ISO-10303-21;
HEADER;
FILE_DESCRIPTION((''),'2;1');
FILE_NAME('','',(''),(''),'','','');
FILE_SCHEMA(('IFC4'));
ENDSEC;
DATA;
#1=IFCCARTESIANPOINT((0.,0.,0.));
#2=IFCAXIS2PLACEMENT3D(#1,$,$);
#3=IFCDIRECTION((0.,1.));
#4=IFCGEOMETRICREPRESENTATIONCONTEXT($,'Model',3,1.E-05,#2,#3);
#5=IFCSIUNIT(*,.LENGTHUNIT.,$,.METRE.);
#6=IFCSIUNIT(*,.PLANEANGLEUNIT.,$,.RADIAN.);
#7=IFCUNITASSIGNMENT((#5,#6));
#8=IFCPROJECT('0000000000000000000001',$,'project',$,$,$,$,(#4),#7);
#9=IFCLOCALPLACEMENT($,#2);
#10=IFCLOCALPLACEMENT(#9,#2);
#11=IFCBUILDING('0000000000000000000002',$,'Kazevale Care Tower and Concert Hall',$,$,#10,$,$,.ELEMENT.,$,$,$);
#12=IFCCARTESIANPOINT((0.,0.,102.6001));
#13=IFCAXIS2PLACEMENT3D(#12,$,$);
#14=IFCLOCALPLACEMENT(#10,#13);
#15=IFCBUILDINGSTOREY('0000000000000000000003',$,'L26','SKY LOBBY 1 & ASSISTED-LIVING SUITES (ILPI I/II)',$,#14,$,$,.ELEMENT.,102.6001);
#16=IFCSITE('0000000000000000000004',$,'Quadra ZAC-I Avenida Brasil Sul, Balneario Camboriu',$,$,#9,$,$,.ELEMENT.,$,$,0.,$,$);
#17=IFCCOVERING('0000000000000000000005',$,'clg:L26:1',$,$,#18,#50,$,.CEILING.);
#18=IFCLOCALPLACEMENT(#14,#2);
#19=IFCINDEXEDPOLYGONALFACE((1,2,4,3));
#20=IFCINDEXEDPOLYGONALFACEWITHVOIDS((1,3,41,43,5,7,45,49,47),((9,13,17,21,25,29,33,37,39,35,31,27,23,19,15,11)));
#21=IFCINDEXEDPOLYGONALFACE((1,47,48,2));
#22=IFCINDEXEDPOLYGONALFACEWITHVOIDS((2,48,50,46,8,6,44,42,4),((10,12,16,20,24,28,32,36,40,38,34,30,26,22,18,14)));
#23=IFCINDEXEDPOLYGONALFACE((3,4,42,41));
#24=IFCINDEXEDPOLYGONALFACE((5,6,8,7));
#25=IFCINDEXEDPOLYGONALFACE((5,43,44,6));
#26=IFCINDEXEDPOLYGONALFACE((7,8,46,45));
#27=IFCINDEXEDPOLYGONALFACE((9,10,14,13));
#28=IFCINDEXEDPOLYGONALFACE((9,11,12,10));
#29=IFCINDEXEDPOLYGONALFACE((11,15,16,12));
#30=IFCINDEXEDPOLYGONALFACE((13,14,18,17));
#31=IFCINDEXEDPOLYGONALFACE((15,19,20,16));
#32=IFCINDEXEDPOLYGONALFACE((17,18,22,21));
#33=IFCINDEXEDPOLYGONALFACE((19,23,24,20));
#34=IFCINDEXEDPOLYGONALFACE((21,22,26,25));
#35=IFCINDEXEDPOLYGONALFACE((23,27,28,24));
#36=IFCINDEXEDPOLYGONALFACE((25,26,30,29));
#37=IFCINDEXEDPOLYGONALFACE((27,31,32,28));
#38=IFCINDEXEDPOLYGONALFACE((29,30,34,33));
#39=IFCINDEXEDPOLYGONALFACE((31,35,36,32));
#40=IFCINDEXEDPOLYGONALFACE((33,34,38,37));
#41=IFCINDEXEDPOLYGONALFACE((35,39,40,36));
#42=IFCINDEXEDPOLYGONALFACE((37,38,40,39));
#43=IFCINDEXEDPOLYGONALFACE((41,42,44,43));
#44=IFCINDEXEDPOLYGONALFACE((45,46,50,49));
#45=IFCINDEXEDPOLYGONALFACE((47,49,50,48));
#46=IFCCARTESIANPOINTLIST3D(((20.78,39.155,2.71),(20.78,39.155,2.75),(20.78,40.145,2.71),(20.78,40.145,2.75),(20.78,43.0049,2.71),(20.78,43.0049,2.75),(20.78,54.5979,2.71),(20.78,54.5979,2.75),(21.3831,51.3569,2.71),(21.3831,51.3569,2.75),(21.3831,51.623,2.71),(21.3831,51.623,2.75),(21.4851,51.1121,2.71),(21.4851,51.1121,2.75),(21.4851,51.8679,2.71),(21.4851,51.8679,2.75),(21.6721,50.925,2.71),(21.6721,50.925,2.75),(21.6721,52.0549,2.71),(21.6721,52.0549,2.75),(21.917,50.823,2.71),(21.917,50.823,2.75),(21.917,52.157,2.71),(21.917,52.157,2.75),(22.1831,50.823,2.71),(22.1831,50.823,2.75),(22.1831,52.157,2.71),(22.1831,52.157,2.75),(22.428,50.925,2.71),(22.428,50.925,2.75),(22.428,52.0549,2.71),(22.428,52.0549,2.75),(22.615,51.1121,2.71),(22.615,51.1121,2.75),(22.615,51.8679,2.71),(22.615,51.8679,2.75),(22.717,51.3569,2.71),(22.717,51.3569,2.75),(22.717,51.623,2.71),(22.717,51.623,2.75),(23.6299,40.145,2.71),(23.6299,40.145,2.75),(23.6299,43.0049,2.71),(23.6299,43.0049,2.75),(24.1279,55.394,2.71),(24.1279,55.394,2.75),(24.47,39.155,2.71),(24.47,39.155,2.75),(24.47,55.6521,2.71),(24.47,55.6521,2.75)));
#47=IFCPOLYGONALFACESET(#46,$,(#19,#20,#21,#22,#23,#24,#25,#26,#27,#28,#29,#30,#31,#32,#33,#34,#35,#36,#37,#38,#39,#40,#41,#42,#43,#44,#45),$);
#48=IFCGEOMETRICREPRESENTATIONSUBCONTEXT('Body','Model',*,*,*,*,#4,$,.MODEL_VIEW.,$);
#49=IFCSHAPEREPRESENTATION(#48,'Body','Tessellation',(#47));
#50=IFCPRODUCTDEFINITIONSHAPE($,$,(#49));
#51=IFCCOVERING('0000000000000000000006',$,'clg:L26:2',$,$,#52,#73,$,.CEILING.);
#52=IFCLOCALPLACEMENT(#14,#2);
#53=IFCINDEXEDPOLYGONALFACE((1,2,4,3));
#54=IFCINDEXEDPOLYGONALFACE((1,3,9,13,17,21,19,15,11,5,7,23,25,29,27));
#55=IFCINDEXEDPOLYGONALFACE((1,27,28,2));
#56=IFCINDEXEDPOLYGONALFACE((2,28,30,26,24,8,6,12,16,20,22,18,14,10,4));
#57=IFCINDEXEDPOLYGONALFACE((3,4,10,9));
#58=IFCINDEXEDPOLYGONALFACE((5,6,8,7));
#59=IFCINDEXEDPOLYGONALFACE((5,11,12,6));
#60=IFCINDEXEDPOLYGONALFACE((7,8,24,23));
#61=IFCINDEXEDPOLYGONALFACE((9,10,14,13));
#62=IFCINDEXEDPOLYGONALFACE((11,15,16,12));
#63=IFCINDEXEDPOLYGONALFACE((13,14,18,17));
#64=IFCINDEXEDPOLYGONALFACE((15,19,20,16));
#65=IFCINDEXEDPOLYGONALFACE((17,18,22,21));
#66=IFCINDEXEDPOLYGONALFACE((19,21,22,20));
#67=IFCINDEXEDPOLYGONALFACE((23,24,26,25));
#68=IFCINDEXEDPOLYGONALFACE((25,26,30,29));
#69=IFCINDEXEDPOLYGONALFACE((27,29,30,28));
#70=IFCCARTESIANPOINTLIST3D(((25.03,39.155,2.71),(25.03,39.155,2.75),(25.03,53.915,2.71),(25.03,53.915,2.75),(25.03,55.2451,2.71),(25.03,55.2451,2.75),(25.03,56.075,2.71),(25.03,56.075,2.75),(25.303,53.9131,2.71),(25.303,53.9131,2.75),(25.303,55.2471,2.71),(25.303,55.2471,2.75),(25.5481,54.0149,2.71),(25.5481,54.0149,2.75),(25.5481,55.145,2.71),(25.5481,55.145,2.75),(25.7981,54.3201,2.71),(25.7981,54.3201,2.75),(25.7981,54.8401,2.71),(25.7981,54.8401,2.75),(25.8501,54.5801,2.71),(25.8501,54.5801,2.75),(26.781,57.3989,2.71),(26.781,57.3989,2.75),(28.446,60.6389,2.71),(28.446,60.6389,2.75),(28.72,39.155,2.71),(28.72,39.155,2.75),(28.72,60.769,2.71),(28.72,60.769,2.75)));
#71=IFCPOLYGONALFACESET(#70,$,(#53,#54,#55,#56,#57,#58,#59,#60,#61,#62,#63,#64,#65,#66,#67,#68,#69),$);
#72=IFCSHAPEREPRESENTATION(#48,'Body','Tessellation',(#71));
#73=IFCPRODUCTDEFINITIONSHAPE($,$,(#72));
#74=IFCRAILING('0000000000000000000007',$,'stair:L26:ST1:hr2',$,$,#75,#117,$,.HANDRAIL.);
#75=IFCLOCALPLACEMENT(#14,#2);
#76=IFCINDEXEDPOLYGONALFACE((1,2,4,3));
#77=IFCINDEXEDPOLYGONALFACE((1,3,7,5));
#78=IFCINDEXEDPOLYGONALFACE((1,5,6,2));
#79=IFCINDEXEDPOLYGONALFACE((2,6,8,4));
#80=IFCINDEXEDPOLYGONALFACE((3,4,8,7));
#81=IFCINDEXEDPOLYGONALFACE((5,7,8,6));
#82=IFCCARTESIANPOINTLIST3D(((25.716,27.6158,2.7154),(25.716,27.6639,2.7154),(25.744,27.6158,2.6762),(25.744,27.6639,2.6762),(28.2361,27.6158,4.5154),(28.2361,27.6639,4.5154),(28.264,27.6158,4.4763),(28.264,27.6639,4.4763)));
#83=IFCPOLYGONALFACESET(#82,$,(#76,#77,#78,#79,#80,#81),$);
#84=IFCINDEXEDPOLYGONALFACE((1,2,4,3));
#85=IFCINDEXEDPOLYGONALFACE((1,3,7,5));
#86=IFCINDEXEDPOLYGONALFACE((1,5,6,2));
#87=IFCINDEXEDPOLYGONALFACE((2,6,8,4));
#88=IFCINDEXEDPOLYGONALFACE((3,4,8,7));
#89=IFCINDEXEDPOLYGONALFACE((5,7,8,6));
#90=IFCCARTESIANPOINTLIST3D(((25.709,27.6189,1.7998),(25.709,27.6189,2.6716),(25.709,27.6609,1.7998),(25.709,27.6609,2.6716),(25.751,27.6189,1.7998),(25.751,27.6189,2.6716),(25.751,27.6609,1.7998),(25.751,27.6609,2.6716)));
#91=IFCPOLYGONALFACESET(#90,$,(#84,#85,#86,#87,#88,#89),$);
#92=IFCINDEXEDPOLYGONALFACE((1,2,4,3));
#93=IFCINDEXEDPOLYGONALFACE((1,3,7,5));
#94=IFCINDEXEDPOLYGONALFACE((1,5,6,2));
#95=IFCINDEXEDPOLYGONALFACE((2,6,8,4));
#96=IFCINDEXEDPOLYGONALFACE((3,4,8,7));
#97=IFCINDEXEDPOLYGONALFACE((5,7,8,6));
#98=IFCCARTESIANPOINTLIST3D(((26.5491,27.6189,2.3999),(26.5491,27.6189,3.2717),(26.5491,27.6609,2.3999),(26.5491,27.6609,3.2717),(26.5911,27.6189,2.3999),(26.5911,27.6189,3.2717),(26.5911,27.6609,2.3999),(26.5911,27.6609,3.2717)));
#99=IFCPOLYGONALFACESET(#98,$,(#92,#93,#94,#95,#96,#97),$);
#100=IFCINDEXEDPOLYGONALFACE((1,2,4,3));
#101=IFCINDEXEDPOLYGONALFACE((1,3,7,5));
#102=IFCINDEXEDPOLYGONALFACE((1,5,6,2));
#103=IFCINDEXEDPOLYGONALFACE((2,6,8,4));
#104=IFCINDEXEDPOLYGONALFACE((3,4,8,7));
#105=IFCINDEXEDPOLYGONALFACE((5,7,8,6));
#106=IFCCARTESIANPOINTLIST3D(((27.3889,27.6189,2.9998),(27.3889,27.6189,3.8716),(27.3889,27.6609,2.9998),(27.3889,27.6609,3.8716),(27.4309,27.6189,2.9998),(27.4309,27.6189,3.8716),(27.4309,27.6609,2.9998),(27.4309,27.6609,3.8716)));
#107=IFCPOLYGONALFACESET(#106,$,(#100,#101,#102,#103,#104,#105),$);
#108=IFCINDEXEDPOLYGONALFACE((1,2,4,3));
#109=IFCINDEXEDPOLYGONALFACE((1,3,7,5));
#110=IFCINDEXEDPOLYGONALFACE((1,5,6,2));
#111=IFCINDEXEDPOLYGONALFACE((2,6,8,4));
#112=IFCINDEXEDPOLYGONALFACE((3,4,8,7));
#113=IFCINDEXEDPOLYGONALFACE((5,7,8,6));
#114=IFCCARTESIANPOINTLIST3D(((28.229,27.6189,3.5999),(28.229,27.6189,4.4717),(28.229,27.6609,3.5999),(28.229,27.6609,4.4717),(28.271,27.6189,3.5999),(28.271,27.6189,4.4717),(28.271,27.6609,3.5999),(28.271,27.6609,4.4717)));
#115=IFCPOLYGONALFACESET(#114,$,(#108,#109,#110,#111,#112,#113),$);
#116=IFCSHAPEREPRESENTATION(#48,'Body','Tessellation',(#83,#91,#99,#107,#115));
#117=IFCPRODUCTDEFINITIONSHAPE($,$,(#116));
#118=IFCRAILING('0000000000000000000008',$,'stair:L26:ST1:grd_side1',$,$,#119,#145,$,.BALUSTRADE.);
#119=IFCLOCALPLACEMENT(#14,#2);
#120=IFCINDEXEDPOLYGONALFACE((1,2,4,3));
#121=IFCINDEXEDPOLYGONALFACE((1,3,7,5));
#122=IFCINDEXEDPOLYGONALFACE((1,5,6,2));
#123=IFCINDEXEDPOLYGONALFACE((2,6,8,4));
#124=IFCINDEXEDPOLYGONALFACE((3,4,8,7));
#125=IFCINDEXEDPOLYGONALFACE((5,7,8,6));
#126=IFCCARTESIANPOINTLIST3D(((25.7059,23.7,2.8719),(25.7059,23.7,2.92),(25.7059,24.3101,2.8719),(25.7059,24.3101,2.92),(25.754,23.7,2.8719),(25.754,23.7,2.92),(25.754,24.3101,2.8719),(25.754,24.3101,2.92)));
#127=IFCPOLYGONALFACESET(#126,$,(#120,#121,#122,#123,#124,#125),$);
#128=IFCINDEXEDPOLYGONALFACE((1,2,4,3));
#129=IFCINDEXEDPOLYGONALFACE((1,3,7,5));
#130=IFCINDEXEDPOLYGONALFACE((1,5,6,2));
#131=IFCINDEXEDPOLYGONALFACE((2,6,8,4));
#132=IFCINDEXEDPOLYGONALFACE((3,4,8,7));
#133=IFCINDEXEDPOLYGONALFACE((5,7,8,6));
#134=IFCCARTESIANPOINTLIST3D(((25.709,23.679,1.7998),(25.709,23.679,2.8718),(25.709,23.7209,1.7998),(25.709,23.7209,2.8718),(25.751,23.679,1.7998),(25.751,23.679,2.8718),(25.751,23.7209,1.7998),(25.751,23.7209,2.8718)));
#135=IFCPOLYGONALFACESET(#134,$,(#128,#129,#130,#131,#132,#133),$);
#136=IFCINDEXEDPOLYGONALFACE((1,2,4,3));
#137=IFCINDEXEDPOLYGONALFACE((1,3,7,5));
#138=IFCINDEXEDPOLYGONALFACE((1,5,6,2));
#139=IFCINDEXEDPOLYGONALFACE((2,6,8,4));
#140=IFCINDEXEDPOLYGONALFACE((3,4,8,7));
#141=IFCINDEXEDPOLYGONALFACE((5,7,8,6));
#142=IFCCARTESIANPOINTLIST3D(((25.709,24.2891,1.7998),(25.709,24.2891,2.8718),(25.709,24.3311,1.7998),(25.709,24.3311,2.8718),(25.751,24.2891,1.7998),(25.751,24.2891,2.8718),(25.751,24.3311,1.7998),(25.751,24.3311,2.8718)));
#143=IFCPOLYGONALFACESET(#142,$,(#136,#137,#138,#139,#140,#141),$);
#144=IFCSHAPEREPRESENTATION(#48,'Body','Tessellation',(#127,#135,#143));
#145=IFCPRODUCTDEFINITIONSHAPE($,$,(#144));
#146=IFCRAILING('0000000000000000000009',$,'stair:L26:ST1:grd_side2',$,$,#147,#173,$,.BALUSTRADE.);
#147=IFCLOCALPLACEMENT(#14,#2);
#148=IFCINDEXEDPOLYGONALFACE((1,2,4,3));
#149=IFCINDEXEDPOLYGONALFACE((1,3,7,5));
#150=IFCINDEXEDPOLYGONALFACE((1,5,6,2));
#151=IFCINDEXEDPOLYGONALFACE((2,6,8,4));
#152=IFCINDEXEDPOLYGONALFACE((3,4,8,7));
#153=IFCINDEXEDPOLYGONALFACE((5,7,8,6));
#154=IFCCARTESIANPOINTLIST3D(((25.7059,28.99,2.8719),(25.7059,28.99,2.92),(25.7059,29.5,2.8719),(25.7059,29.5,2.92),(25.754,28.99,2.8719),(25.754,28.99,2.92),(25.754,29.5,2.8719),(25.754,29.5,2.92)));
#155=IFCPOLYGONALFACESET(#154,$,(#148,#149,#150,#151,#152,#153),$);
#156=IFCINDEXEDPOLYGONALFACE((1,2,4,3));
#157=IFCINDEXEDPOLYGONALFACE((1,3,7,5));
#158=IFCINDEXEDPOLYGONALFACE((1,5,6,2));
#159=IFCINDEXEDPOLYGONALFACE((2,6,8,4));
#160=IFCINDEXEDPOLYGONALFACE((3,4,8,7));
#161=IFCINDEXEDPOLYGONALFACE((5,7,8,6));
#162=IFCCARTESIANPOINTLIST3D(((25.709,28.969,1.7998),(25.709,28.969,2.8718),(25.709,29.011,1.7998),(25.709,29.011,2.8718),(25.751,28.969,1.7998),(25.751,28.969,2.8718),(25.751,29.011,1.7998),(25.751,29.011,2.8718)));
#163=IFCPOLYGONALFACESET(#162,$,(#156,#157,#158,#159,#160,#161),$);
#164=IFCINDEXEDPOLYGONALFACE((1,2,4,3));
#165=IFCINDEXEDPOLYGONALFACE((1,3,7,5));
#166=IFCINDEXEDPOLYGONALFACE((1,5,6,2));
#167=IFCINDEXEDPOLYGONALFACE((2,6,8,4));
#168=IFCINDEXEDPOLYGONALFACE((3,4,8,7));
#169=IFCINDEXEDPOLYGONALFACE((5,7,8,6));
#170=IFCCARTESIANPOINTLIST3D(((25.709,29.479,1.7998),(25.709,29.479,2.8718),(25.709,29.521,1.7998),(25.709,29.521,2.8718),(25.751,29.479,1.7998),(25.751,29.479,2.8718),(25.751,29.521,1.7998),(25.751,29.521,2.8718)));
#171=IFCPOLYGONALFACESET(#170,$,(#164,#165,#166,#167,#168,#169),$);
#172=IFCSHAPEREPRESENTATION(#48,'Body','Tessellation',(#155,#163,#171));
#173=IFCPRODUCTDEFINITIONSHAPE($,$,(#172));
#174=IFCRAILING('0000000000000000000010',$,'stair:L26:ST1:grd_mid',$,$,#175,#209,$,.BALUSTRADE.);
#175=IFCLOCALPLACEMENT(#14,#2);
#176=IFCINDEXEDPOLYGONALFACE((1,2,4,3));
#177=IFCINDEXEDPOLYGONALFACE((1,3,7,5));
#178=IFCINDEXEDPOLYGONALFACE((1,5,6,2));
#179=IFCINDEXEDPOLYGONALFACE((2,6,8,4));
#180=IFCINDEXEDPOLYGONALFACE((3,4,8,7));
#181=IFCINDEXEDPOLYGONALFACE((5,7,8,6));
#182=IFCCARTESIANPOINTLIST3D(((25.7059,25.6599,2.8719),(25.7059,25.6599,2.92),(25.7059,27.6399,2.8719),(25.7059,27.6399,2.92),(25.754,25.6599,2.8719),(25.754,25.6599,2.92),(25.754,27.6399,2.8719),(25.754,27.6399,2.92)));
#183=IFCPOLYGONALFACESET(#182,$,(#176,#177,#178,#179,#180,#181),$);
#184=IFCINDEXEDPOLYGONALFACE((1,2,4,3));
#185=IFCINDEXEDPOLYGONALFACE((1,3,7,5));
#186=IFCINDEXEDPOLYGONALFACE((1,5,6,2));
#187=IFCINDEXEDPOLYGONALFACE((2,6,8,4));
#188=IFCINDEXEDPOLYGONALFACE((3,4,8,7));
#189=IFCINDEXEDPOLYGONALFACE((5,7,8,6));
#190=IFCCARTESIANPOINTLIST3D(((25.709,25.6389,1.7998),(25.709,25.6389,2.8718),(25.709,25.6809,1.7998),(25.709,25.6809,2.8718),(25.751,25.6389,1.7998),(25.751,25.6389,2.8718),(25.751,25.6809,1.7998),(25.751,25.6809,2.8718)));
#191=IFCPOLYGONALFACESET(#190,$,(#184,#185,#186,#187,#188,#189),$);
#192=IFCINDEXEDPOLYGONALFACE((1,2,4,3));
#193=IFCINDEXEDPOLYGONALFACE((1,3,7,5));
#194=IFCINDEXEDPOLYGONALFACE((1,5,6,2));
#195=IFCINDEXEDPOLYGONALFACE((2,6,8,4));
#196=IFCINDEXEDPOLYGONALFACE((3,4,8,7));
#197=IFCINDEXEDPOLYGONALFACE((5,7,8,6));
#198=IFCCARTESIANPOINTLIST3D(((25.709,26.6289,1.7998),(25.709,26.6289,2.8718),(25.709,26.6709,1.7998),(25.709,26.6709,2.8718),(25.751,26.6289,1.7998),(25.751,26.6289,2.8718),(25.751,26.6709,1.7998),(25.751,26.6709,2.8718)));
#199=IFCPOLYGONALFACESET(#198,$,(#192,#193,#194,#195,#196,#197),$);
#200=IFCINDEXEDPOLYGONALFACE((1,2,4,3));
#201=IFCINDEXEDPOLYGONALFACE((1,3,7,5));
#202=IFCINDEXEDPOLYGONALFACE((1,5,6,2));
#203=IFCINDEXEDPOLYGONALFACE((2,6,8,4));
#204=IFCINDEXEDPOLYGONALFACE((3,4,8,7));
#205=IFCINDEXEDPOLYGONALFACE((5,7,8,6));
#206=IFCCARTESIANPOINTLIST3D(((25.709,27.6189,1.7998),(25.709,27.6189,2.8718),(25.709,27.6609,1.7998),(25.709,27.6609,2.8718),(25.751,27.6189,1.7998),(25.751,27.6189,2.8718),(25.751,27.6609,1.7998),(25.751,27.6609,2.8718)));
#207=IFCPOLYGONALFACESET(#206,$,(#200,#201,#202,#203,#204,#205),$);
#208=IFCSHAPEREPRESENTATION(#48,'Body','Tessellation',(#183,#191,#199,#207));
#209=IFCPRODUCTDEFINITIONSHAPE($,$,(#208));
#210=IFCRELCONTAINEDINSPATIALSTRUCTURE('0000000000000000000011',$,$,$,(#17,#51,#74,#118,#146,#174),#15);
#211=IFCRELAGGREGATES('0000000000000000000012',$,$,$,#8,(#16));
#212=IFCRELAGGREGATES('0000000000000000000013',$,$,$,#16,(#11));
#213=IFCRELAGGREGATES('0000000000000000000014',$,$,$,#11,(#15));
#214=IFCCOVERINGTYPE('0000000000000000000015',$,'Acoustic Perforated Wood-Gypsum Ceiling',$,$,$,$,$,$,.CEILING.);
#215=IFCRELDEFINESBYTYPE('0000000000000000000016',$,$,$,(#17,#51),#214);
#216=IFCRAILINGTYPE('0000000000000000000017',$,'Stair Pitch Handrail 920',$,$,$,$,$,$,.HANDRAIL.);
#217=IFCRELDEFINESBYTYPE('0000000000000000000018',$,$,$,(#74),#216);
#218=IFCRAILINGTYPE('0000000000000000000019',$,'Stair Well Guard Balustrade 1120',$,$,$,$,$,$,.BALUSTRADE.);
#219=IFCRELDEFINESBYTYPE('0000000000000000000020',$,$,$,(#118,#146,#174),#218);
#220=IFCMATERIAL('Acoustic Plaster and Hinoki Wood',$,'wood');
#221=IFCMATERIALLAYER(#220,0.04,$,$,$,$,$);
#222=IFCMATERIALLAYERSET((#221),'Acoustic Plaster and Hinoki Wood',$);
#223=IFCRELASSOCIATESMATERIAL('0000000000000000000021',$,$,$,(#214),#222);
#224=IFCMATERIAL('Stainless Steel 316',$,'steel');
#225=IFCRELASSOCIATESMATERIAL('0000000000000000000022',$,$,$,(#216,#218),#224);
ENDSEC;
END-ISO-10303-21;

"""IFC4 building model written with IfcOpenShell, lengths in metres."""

from ifc_helpers import new_model, si_unit, direction, frame, origin, origin_2d, place, context, subcontext, project, spatial, polyline, rectangle, outline, extrude, material, layer, layer_set, type_object, element, save


model = new_model("IFC4")

# Units and contexts
model_context = context("Model", 3, precision=1e-05, world=origin(), true_north=direction((0.0, 1.0)))
body_context = subcontext(model_context, "Body", "Model", "MODEL_VIEW")
ifc_project = project(units=[si_unit("LENGTHUNIT", "METRE"), si_unit("PLANEANGLEUNIT", "RADIAN")], contexts=[model_context])

# Site, building, storey
site_placement = place(None, origin())
site = spatial("IfcSite", under=ifc_project, at=site_placement, Name="Quadra ZAC-I Avenida Brasil Sul, Balneario Camboriu", CompositionType="ELEMENT", RefElevation=0.0)
building_placement = place(site_placement, origin())
building = spatial("IfcBuilding", under=site, at=building_placement, Name="Kazevale Care Tower and Concert Hall", CompositionType="ELEMENT")
storey_placement = place(building_placement, frame((0.0, 0.0, 102.6001)))
storey = spatial("IfcBuildingStorey", under=building, at=storey_placement, Name="L26", Description="SKY LOBBY 1 & ASSISTED-LIVING SUITES (ILPI I/II)", CompositionType="ELEMENT", Elevation=102.6001)

# Coverings
ifc_material_1 = material(Name="Acoustic Plaster and Hinoki Wood", Category="wood")
ifc_layer_1 = layer(ifc_material_1, 0.04)
ifc_layer_set_1 = layer_set([ifc_layer_1], Name="Acoustic Plaster and Hinoki Wood")
covering_type = type_object("IfcCoveringType", Name="Acoustic Perforated Wood-Gypsum Ceiling", PredefinedType="CEILING", material=ifc_layer_set_1)
covering_1_placement = place(storey_placement, frame((0.0, 0.0, 2.71)))
element("IfcCovering", 1, at=covering_1_placement, inside=storey, type_object=covering_type, Name="clg:L26:1", PredefinedType="CEILING", context=body_context, shape_type="SweptSolid", body=[
    extrude(outline(polyline([(23.6299, 40.145), (23.6299, 43.0049), (20.78, 43.0049), (20.78, 54.5979), (24.1279, 55.394), (24.47, 55.6521), (24.47, 39.155), (20.78, 39.155), (20.78, 40.145), (23.6299, 40.145)]), holes=[polyline([(22.717, 51.623), (22.615, 51.8679), (22.428, 52.0549), (22.1831, 52.157), (21.917, 52.157), (21.6721, 52.0549), (21.4851, 51.8679), (21.3831, 51.623), (21.3831, 51.3569), (21.4851, 51.1121), (21.6721, 50.925), (21.917, 50.823), (22.1831, 50.823), (22.428, 50.925), (22.615, 51.1121), (22.717, 51.3569), (22.717, 51.623)])]), origin(), (0.0, 0.0, 1.0), 0.04),
])
covering_2_placement = place(storey_placement, frame((0.0, 0.0, 2.71)))
element("IfcCovering", 2, at=covering_2_placement, inside=storey, type_object=covering_type, Name="clg:L26:2", PredefinedType="CEILING", context=body_context, shape_type="SweptSolid", body=[
    extrude(outline(polyline([(28.72, 39.155), (25.03, 39.155), (25.03, 53.915), (25.303, 53.9131), (25.5481, 54.0149), (25.7981, 54.3201), (25.8501, 54.5801), (25.7981, 54.8401), (25.5481, 55.145), (25.303, 55.2471), (25.03, 55.2451), (25.03, 56.075), (26.781, 57.3989), (28.446, 60.6389), (28.72, 60.769), (28.72, 39.155)])), origin(), (0.0, 0.0, 1.0), 0.04),
])

# Railings
ifc_material_2 = material(Name="Stainless Steel 316", Category="steel")
railing_type_1 = type_object("IfcRailingType", Name="Stair Pitch Handrail 920", PredefinedType="HANDRAIL", material=ifc_material_2)
railing_1_placement = place(storey_placement, frame((25.73, 27.6399, 1.7998)))
element("IfcRailing", 3, at=railing_1_placement, inside=storey, type_object=railing_type_1, Name="stair:L26:ST1:hr2", PredefinedType="HANDRAIL", context=body_context, shape_type="SweptSolid", body=[
    extrude(rectangle(XDim=0.0481, YDim=0.0481, at=origin_2d()), frame((0.0, 0.0, 0.896), z_axis=(0.813728, 0.0, 0.581246), x_axis=(0.0, 1.0, 0.0)), (0.0, 0.0, 1.0), 3.0969),
    extrude(rectangle(XDim=0.042, YDim=0.042, at=origin_2d()), origin(), (0.0, 0.0, 1.0), 0.8718),
    extrude(rectangle(XDim=0.042, YDim=0.042, at=origin_2d()), frame((0.8401, 0.0, 0.6001)), (0.0, 0.0, 1.0), 0.8718),
    extrude(rectangle(XDim=0.042, YDim=0.042, at=origin_2d()), frame((1.6799, 0.0, 1.2)), (0.0, 0.0, 1.0), 0.8718),
    extrude(rectangle(XDim=0.042, YDim=0.042, at=origin_2d()), frame((2.52, 0.0, 1.8)), (0.0, 0.0, 1.0), 0.8718),
])
railing_type_2 = type_object("IfcRailingType", Name="Stair Well Guard Balustrade 1120", PredefinedType="BALUSTRADE", material=ifc_material_2)
railing_2_placement = place(storey_placement, frame((25.73, 23.7, 1.7998)))
element("IfcRailing", 4, at=railing_2_placement, inside=storey, type_object=railing_type_2, Name="stair:L26:ST1:grd_side1", PredefinedType="BALUSTRADE", context=body_context, shape_type="SweptSolid", body=[
    extrude(rectangle(XDim=0.0481, YDim=0.0481, at=origin_2d()), frame((0.0, 0.0, 1.0962), z_axis=(0.0, 1.0, 0.0), x_axis=(-1.0, 0.0, 0.0)), (0.0, 0.0, 1.0), 0.6101),
    extrude(rectangle(XDim=0.042, YDim=0.042, at=origin_2d()), origin(), (0.0, 0.0, 1.0), 1.072),
    extrude(rectangle(XDim=0.042, YDim=0.042, at=origin_2d()), frame((0.0, 0.6101, 0.0)), (0.0, 0.0, 1.0), 1.072),
])
railing_3_placement = place(storey_placement, frame((25.73, 28.99, 1.7998)))
element("IfcRailing", 5, at=railing_3_placement, inside=storey, type_object=railing_type_2, Name="stair:L26:ST1:grd_side2", PredefinedType="BALUSTRADE", context=body_context, shape_type="SweptSolid", body=[
    extrude(rectangle(XDim=0.0481, YDim=0.0481, at=origin_2d()), frame((0.0, 0.0, 1.0962), z_axis=(0.0, 1.0, 0.0), x_axis=(-1.0, 0.0, 0.0)), (0.0, 0.0, 1.0), 0.51),
    extrude(rectangle(XDim=0.042, YDim=0.042, at=origin_2d()), origin(), (0.0, 0.0, 1.0), 1.072),
    extrude(rectangle(XDim=0.042, YDim=0.042, at=origin_2d()), frame((0.0, 0.51, 0.0)), (0.0, 0.0, 1.0), 1.072),
])
railing_4_placement = place(storey_placement, frame((25.73, 25.6599, 1.7998)))
element("IfcRailing", 6, at=railing_4_placement, inside=storey, type_object=railing_type_2, Name="stair:L26:ST1:grd_mid", PredefinedType="BALUSTRADE", context=body_context, shape_type="SweptSolid", body=[
    extrude(rectangle(XDim=0.0481, YDim=0.0481, at=origin_2d()), frame((0.0, 0.0, 1.0962), z_axis=(0.0, 1.0, 0.0), x_axis=(-1.0, 0.0, 0.0)), (0.0, 0.0, 1.0), 1.98),
    extrude(rectangle(XDim=0.042, YDim=0.042, at=origin_2d()), origin(), (0.0, 0.0, 1.0), 1.072),
    extrude(rectangle(XDim=0.042, YDim=0.042, at=origin_2d()), frame((0.0, 0.99, 0.0)), (0.0, 0.0, 1.0), 1.072),
    extrude(rectangle(XDim=0.042, YDim=0.042, at=origin_2d()), frame((0.0, 1.98, 0.0)), (0.0, 0.0, 1.0), 1.072),
])

save(model, "model.ifc")
